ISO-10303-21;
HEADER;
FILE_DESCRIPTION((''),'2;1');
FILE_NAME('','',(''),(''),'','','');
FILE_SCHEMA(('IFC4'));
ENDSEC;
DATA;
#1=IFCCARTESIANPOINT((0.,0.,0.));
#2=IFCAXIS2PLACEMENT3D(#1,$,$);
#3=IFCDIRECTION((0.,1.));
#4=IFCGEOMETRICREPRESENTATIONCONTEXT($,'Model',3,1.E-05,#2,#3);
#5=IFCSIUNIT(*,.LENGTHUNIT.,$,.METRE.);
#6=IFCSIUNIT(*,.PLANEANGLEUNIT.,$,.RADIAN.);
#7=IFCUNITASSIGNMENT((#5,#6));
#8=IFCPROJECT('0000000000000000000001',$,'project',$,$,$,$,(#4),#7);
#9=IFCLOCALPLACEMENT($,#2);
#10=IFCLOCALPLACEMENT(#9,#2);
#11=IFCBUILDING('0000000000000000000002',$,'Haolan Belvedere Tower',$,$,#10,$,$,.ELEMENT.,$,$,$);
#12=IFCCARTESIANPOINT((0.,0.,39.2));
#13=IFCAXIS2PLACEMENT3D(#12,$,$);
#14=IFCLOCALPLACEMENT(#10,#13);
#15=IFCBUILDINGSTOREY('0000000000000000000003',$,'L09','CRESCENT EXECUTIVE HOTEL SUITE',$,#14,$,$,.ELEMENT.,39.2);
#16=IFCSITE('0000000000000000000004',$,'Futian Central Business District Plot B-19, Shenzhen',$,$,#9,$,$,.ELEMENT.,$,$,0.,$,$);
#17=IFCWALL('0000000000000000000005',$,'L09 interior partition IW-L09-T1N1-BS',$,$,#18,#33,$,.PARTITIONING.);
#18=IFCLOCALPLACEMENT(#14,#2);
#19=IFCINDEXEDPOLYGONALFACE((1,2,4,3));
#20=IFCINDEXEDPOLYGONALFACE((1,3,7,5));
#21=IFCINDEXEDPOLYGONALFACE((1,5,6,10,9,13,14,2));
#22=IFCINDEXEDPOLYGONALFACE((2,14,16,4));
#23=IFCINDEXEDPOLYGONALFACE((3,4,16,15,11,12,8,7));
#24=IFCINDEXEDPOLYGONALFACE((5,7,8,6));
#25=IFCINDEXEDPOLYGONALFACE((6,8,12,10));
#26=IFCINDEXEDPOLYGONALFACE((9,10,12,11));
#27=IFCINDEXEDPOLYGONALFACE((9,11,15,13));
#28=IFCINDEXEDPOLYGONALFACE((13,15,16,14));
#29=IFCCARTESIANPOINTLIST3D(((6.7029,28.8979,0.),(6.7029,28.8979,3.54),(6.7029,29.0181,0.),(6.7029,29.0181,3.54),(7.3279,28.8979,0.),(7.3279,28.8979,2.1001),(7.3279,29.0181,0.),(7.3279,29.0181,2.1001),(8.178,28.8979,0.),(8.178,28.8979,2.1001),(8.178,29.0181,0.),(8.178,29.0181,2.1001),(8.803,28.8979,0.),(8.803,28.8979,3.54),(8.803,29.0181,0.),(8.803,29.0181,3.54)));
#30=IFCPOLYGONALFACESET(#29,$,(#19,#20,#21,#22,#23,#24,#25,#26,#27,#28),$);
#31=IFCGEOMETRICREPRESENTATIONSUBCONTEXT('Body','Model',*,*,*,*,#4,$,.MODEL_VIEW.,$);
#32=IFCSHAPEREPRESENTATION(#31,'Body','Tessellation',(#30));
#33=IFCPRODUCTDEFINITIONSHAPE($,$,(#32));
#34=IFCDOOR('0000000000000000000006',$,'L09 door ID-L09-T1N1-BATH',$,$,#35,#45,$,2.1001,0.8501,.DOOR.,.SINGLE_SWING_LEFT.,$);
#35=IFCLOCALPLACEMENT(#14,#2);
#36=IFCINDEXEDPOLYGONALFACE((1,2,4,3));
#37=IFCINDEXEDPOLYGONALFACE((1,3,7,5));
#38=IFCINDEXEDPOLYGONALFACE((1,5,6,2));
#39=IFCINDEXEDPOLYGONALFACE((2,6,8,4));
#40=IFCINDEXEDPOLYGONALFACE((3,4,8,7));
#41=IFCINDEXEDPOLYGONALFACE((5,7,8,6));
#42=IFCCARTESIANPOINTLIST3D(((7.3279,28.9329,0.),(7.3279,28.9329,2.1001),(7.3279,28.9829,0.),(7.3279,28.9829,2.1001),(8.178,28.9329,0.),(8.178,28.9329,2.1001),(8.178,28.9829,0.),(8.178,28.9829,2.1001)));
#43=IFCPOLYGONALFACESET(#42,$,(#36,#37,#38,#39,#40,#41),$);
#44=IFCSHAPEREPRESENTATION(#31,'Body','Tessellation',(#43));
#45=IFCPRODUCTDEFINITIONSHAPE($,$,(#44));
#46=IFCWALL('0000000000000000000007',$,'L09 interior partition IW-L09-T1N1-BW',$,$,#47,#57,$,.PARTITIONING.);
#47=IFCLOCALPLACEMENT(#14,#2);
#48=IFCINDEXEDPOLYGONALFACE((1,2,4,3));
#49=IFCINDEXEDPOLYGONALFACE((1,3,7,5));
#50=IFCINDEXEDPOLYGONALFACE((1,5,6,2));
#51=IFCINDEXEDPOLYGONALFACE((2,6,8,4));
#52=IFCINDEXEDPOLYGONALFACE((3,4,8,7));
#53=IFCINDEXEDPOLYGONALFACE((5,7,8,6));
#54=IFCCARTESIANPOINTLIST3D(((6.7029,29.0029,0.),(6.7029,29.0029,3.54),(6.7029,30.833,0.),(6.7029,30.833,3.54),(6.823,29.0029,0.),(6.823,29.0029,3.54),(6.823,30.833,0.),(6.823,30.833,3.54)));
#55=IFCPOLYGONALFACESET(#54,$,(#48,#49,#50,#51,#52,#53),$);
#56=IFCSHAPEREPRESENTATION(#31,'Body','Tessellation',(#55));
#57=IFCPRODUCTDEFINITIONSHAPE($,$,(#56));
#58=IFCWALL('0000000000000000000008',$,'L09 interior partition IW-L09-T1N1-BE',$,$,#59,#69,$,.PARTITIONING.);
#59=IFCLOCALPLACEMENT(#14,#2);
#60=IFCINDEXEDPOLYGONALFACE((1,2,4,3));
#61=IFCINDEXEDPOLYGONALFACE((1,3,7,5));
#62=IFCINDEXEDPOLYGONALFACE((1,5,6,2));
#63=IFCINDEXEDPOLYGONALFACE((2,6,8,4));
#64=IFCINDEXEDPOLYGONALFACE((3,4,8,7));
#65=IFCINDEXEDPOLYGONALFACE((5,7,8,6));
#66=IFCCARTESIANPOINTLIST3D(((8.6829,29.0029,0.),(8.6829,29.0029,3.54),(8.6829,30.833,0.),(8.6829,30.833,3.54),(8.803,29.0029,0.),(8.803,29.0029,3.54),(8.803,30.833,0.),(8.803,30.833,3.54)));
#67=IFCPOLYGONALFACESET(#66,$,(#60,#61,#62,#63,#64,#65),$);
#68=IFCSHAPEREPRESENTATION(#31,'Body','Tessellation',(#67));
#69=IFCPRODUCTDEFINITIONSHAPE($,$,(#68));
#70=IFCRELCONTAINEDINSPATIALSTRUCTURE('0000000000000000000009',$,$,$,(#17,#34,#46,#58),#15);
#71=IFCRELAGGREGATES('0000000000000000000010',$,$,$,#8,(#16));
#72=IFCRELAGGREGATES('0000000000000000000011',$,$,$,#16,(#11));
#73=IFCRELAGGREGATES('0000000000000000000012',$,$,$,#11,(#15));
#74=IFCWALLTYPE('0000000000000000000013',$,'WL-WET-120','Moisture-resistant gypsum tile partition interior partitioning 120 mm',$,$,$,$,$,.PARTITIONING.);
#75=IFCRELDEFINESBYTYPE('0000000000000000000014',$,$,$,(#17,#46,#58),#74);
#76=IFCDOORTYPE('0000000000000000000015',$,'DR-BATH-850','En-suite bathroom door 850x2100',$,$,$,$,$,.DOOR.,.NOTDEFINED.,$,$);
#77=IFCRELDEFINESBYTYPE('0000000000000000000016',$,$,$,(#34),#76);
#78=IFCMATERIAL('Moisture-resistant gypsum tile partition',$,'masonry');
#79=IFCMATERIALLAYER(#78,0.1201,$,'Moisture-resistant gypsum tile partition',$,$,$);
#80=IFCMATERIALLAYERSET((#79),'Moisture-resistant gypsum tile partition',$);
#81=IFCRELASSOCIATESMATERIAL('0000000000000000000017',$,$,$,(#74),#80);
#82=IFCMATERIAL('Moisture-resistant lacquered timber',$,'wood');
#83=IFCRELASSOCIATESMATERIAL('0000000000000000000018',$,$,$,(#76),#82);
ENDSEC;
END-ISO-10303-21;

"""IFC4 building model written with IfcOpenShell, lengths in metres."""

from ifc_helpers import new_model, si_unit, direction, frame, frame_2d, origin, place, context, subcontext, project, spatial, rectangle, extrude, material, layer, layer_set, type_object, element, fill, save


model = new_model("IFC4")

# Units and contexts
model_context = context("Model", 3, precision=1e-05, world=origin(), true_north=direction((0.0, 1.0)))
body_context = subcontext(model_context, "Body", "Model", "MODEL_VIEW")
ifc_project = project(units=[si_unit("LENGTHUNIT", "METRE"), si_unit("PLANEANGLEUNIT", "RADIAN")], contexts=[model_context])

# Site, building, storey
site_placement = place(None, origin())
site = spatial("IfcSite", under=ifc_project, at=site_placement, Name="Futian Central Business District Plot B-19, Shenzhen", CompositionType="ELEMENT", RefElevation=0.0)
building_placement = place(site_placement, origin())
building = spatial("IfcBuilding", under=site, at=building_placement, Name="Haolan Belvedere Tower", CompositionType="ELEMENT")
storey_placement = place(building_placement, frame((0.0, 0.0, 39.2)))
storey = spatial("IfcBuildingStorey", under=building, at=storey_placement, Name="L09", Description="CRESCENT EXECUTIVE HOTEL SUITE", CompositionType="ELEMENT", Elevation=39.2)

# Shared definitions
ifc_material_1 = material(Name="Moisture-resistant gypsum tile partition", Category="masonry")
ifc_layer_1 = layer(ifc_material_1, 0.1201, Name="Moisture-resistant gypsum tile partition")
ifc_layer_set_1 = layer_set([ifc_layer_1], Name="Moisture-resistant gypsum tile partition")
wall_type_1 = type_object("IfcWallType", Name="WL-WET-120", Description="Moisture-resistant gypsum tile partition interior partitioning 120 mm", PredefinedType="PARTITIONING", material=ifc_layer_set_1)

# Shared definitions
ifc_material_2 = material(Name="Moisture-resistant lacquered timber", Category="wood")
door_type = type_object("IfcDoorType", Name="DR-BATH-850", Description="En-suite bathroom door 850x2100", OperationType="NOTDEFINED", PredefinedType="DOOR", material=ifc_material_2)

# Wall, opening, door
wall_1_placement = place(storey_placement, frame((6.7029, 28.958, 0.0), z_axis=(0.0, 0.0, 1.0), x_axis=(1.0, 0.0, 0.0)))
wall_1 = element("IfcWall", 1, at=wall_1_placement, inside=storey, type_object=wall_type_1, Name="L09 interior partition IW-L09-T1N1-BS", PredefinedType="PARTITIONING", context=body_context, shape_type="SweptSolid", body=[
    extrude(rectangle(XDim=2.1001, YDim=0.1201, at=frame_2d((1.05, 0.0))), origin(), (0.0, 0.0, 1.0), 3.54),
])
opening_1_placement = place(wall_1_placement, frame((0.625, 0.0, 0.0)))
opening_1 = element("IfcOpeningElement", 2, at=opening_1_placement, cuts=wall_1, PredefinedType="OPENING", context=body_context, shape_type="SweptSolid", body=[
    extrude(rectangle(XDim=0.8501, YDim=2.1001, at=frame_2d((0.425, 1.05))), frame((0.0, 0.0701, 0.0), z_axis=(0.0, -1.0, 0.0), x_axis=(1.0, 0.0, 0.0)), (0.0, 0.0, 1.0), 0.1401),
])
door_1_placement = place(opening_1_placement, origin())
door_1 = element("IfcDoor", 3, at=door_1_placement, inside=storey, type_object=door_type, Name="L09 door ID-L09-T1N1-BATH", OperationType="SINGLE_SWING_LEFT", OverallHeight=2.1001, OverallWidth=0.8501, PredefinedType="DOOR", context=body_context, shape_type="SweptSolid", body=[
    extrude(rectangle(XDim=0.8501, YDim=2.1001, at=frame_2d((0.425, 1.05))), frame((0.0, 0.0249, 0.0), z_axis=(0.0, -1.0, 0.0), x_axis=(1.0, 0.0, 0.0)), (0.0, 0.0, 1.0), 0.05),
])
fill(opening_1, door_1)

# Walls
for number, where, z_axis, x_axis, name in (
    (4, (6.7629, 29.0029, 0.0), (0.0, 0.0, 1.0), (0.0, 1.0, 0.0), "L09 interior partition IW-L09-T1N1-BW"),
    (5, (8.7429, 29.0029, 0.0), (0.0, 0.0, 1.0), (0.0, 1.0, 0.0), "L09 interior partition IW-L09-T1N1-BE"),
):
    element("IfcWall", number, at=place(storey_placement, frame(where, z_axis=z_axis, x_axis=x_axis)), inside=storey, type_object=wall_type_1, Name=name, PredefinedType="PARTITIONING", context=body_context, shape_type="SweptSolid", body=[
        extrude(rectangle(XDim=1.8301, YDim=0.1201, at=frame_2d((0.915, 0.0))), origin(), (0.0, 0.0, 1.0), 3.54),
    ])

save(model, "model.ifc")
